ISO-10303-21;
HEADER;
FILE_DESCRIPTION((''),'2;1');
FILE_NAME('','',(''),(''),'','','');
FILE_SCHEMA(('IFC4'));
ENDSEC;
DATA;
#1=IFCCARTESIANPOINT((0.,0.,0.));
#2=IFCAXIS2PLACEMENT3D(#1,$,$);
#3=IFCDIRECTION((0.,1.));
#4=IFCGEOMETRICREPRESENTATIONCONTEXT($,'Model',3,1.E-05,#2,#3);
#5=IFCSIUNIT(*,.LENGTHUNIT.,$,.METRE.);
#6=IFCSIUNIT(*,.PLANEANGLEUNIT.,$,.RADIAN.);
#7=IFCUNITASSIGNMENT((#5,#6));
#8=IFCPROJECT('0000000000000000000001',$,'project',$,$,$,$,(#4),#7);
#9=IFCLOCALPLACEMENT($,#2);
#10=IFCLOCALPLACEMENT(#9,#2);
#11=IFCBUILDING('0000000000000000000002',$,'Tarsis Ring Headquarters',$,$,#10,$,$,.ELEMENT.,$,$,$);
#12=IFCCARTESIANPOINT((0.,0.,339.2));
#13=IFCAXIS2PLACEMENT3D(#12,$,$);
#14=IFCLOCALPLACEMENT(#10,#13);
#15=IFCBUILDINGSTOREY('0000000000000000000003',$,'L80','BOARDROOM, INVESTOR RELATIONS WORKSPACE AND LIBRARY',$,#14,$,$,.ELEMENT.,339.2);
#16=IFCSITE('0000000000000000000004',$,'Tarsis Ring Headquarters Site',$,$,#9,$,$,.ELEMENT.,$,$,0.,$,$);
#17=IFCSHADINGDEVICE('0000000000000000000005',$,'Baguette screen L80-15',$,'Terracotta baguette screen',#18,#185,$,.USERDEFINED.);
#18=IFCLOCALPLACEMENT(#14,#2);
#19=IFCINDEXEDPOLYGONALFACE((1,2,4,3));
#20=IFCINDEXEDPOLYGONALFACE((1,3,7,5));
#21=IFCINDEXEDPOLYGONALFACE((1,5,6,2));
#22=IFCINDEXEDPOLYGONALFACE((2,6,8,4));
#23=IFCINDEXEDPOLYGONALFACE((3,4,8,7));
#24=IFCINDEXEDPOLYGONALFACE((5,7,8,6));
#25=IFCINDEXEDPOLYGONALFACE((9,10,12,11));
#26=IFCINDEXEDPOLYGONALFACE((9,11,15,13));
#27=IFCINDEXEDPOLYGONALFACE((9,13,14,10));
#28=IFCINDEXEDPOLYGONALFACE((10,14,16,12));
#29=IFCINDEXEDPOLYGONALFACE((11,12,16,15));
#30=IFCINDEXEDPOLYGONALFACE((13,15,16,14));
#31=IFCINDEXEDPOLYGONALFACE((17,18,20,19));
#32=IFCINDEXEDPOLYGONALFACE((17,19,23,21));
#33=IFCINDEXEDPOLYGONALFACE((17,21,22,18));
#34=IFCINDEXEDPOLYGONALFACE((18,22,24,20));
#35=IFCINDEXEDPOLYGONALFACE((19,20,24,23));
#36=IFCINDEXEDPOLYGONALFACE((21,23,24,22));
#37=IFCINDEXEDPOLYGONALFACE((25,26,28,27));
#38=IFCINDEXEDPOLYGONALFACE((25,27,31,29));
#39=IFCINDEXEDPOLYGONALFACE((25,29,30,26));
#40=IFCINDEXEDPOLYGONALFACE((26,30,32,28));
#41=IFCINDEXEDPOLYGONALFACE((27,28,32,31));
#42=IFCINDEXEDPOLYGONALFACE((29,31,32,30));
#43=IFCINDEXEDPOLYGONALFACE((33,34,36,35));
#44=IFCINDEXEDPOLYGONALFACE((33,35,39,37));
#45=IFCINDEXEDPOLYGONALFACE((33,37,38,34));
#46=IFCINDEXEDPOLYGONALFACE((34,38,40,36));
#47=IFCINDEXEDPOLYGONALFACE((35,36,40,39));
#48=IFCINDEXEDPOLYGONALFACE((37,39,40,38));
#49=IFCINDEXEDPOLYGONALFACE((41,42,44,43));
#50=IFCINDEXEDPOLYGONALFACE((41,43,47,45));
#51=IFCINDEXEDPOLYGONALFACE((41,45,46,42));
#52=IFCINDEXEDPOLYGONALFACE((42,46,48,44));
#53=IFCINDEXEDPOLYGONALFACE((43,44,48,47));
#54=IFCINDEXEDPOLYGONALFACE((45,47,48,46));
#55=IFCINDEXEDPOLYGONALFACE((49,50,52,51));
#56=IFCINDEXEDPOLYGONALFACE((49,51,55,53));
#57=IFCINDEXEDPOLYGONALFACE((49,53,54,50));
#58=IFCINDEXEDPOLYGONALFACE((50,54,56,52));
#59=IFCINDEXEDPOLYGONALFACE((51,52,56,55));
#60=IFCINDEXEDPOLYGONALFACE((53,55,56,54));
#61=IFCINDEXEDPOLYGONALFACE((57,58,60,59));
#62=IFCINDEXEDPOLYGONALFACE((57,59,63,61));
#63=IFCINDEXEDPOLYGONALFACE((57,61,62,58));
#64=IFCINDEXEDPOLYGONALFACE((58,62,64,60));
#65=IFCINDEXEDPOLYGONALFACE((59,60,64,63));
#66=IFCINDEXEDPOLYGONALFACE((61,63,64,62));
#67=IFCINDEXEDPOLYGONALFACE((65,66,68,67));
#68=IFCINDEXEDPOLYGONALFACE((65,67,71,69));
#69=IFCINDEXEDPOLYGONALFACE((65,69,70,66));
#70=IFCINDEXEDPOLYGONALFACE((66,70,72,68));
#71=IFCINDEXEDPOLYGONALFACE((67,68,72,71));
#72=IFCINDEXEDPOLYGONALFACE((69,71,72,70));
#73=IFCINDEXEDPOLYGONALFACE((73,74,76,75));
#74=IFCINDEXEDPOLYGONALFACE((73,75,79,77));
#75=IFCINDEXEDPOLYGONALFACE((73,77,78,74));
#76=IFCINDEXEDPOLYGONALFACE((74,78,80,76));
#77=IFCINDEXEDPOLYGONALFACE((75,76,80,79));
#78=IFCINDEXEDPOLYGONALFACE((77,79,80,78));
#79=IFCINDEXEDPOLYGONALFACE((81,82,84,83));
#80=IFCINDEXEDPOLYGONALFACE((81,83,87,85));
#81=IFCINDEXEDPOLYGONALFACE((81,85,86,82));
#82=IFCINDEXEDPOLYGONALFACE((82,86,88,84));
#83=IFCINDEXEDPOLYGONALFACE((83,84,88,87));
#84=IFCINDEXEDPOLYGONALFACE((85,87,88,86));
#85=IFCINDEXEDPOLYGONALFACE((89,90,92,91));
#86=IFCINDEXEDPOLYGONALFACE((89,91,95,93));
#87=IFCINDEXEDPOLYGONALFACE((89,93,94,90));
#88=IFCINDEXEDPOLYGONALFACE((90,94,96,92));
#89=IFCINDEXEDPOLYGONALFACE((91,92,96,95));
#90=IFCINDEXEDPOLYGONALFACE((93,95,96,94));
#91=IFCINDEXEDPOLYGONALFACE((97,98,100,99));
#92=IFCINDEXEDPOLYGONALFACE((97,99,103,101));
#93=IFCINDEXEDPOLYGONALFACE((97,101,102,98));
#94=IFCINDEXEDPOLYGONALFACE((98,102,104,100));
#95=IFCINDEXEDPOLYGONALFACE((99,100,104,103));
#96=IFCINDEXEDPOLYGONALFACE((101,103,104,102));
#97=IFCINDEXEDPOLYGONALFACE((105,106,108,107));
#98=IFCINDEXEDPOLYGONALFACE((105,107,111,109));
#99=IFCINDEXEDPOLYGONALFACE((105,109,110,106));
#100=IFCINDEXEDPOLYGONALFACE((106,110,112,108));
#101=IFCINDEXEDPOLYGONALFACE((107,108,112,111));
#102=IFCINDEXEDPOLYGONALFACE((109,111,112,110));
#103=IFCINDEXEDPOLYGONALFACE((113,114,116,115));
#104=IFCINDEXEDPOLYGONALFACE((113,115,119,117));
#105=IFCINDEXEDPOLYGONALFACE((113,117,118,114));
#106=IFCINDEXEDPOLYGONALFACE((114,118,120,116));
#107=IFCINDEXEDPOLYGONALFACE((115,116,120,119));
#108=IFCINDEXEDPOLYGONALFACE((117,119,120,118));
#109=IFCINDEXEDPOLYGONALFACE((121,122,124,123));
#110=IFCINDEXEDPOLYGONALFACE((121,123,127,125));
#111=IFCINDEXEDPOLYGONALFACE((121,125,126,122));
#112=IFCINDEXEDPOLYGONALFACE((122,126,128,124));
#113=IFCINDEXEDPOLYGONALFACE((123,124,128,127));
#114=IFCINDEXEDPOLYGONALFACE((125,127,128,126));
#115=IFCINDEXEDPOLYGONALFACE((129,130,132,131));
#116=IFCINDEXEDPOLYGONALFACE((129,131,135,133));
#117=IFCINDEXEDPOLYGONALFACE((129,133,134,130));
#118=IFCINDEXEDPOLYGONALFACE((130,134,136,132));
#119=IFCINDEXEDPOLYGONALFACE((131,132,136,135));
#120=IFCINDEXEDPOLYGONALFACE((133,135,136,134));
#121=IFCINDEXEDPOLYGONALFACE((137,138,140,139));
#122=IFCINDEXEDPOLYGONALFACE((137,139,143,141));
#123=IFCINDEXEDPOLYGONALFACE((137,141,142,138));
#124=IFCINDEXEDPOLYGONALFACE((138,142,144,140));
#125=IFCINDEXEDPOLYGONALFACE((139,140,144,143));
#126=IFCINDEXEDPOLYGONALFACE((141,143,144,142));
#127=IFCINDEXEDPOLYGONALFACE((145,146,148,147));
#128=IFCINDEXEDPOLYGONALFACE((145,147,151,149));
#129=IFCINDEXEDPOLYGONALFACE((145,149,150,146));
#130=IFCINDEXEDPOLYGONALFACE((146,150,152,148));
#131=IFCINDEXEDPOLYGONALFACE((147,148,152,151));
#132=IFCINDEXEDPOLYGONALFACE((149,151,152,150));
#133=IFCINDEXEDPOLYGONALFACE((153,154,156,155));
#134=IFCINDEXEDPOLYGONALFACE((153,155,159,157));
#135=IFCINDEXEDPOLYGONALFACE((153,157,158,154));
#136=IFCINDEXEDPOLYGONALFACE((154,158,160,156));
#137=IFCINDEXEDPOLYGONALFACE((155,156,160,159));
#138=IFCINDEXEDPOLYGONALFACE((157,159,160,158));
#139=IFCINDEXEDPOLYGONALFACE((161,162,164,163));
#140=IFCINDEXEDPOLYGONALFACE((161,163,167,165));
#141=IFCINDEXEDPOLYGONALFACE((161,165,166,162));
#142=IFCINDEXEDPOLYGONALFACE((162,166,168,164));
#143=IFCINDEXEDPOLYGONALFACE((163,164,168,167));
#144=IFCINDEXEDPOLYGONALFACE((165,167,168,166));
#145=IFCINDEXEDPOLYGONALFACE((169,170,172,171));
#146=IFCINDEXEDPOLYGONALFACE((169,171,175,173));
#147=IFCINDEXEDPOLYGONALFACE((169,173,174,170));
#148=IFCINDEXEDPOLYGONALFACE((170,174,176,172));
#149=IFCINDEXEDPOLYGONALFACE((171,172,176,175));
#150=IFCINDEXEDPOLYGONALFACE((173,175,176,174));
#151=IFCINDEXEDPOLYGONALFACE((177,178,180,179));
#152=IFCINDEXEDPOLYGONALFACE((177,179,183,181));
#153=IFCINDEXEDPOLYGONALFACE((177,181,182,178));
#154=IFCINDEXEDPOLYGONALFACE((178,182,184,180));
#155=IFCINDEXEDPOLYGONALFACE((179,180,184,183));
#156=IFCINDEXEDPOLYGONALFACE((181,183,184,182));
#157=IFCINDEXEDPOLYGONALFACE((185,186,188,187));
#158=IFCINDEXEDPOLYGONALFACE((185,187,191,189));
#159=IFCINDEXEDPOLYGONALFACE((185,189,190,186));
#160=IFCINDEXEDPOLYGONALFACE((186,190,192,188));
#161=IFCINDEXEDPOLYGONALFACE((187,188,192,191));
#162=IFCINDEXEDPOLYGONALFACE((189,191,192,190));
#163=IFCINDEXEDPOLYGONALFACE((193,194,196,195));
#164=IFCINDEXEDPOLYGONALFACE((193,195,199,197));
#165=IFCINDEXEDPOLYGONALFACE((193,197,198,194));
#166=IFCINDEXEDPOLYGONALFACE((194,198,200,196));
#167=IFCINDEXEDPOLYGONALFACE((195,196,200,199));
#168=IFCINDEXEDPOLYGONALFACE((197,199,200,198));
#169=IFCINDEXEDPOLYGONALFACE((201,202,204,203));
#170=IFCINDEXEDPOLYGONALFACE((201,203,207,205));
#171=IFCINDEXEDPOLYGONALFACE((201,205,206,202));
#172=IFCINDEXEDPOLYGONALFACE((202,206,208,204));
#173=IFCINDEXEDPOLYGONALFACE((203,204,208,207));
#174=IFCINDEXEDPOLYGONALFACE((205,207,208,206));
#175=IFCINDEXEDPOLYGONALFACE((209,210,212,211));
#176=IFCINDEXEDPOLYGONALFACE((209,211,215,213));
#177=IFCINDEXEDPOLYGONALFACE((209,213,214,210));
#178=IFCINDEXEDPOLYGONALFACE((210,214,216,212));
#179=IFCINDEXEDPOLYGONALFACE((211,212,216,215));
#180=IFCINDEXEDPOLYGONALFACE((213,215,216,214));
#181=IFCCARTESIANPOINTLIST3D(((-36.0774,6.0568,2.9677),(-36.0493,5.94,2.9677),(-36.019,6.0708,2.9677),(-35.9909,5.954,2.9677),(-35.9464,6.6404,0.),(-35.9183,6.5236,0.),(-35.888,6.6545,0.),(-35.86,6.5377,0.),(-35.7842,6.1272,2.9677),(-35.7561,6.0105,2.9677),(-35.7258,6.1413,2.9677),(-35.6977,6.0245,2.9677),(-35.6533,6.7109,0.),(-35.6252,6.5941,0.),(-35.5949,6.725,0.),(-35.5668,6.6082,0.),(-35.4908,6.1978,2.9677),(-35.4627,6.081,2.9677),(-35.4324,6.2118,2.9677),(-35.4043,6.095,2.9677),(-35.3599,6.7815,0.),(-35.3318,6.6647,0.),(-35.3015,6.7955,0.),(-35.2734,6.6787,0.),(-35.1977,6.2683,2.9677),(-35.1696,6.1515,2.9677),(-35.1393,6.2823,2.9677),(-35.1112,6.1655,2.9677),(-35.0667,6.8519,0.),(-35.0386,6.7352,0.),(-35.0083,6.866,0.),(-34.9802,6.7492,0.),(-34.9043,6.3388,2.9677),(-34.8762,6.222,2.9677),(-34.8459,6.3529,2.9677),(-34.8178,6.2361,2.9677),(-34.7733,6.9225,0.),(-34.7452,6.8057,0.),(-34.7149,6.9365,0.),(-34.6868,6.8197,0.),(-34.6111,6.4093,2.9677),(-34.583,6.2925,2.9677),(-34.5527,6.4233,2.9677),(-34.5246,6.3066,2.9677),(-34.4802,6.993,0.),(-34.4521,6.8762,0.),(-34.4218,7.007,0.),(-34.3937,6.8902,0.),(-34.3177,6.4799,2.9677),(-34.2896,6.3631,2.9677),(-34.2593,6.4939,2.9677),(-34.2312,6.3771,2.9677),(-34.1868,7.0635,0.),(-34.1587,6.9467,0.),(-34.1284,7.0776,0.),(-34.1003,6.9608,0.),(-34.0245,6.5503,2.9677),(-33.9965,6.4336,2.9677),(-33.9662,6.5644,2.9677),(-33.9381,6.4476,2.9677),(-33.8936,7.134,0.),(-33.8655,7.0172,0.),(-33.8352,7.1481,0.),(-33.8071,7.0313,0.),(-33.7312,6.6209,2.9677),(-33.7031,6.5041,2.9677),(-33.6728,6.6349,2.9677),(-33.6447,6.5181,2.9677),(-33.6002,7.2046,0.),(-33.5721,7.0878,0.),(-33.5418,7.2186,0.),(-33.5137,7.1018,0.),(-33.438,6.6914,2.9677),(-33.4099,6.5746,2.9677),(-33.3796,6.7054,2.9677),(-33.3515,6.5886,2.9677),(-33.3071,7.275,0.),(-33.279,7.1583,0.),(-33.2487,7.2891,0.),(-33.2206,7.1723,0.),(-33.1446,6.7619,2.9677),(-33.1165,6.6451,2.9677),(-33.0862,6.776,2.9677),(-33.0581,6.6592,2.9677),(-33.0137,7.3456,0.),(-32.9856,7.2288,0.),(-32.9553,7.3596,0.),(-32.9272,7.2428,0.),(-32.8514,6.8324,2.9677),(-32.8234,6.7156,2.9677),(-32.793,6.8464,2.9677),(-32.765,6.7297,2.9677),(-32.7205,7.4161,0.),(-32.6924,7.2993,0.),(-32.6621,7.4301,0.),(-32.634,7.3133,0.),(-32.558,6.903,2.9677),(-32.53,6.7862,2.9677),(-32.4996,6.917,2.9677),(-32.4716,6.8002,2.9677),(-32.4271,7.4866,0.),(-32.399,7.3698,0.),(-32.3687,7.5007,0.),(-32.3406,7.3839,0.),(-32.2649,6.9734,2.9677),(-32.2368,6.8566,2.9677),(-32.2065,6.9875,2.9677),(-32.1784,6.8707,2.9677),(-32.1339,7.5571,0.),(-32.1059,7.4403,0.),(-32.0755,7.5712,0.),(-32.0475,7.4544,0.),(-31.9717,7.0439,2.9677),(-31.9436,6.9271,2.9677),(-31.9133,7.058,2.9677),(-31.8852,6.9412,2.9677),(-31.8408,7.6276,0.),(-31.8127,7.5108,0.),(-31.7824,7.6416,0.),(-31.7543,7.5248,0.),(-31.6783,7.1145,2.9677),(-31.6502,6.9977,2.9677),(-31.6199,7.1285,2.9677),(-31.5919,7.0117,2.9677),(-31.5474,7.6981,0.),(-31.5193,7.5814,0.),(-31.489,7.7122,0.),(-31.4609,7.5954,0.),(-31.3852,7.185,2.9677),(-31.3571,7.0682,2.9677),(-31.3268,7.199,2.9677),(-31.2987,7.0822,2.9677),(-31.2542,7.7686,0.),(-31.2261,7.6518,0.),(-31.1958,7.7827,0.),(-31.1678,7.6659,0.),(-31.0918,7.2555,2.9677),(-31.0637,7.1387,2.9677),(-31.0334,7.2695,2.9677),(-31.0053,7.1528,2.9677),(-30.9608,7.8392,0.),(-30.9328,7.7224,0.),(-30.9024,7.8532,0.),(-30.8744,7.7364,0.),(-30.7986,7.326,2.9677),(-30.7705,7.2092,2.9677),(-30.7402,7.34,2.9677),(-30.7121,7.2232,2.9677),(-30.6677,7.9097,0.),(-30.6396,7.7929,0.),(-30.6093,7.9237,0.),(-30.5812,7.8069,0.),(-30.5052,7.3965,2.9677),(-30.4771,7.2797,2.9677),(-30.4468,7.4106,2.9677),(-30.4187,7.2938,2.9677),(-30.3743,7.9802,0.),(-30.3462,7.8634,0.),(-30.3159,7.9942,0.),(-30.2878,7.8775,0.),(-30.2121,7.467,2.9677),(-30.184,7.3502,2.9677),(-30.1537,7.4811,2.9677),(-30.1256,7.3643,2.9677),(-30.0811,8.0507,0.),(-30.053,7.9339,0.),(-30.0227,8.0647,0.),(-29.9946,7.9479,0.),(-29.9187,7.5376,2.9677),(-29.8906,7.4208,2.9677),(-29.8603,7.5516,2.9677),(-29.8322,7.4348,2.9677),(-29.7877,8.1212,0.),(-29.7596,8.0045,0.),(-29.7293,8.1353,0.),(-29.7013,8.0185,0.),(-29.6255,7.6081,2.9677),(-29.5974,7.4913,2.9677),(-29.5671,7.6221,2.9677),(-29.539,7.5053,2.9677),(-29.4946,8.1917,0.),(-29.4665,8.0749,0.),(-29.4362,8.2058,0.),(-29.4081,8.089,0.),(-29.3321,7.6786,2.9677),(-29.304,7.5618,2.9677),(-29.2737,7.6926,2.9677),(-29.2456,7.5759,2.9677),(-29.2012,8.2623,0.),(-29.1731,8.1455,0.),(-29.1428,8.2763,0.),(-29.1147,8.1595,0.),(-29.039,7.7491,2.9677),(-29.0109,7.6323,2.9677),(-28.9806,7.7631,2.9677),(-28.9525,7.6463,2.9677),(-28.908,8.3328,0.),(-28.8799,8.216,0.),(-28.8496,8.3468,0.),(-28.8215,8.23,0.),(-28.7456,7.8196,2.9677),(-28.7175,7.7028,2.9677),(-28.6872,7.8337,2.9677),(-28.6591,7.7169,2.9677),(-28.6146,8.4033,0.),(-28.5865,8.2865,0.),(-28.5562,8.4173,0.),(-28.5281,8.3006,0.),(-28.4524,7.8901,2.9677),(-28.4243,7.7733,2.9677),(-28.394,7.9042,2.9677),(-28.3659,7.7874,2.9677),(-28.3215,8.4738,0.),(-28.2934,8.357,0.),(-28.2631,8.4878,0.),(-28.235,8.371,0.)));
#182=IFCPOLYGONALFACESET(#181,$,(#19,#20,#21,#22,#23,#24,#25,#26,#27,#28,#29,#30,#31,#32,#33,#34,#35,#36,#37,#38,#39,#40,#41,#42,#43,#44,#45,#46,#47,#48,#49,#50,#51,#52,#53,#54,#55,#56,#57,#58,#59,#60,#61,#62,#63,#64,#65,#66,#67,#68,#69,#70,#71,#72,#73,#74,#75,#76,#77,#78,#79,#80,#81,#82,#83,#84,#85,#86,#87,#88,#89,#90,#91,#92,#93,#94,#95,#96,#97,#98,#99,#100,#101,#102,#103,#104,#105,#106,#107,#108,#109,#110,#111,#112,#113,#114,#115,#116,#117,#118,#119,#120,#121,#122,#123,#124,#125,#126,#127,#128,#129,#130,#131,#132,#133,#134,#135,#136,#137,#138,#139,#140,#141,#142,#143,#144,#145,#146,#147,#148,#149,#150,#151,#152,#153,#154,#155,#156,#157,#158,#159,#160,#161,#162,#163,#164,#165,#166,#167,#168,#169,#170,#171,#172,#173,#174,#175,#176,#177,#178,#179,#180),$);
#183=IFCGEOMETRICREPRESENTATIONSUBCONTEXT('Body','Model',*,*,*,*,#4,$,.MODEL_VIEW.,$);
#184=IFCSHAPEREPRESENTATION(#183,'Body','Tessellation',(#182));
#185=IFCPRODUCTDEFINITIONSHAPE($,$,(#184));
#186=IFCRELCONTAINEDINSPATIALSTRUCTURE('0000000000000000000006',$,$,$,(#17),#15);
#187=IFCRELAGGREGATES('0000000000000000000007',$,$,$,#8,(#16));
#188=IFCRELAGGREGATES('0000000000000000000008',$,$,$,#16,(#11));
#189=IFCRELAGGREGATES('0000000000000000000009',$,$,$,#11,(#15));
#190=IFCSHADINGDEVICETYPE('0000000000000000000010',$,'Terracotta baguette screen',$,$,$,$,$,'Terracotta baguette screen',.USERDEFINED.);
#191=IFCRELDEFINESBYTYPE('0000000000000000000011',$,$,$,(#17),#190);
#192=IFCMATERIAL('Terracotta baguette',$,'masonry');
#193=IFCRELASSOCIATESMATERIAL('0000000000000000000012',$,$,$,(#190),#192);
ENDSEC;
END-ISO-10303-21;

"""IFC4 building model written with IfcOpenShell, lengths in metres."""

from ifc_helpers import new_model, si_unit, direction, frame, frame_2d, origin, place, context, subcontext, project, spatial, rectangle, composite_profile, extrude, material, type_object, element, save


model = new_model("IFC4")

# Units and contexts
model_context = context("Model", 3, precision=1e-05, world=origin(), true_north=direction((0.0, 1.0)))
body_context = subcontext(model_context, "Body", "Model", "MODEL_VIEW")
ifc_project = project(units=[si_unit("LENGTHUNIT", "METRE"), si_unit("PLANEANGLEUNIT", "RADIAN")], contexts=[model_context])

# Site, building, storey
site_placement = place(None, origin())
site = spatial("IfcSite", under=ifc_project, at=site_placement, Name="Tarsis Ring Headquarters Site", CompositionType="ELEMENT", RefElevation=0.0)
building_placement = place(site_placement, origin())
building = spatial("IfcBuilding", under=site, at=building_placement, Name="Tarsis Ring Headquarters", CompositionType="ELEMENT")
storey_placement = place(building_placement, frame((0.0, 0.0, 339.2)))
storey = spatial("IfcBuildingStorey", under=building, at=storey_placement, Name="L80", Description="BOARDROOM, INVESTOR RELATIONS WORKSPACE AND LIBRARY", CompositionType="ELEMENT", Elevation=339.2)

# Shading device
ifc_material_1 = material(Name="Terracotta baguette", Category="masonry")
shading_device_type = type_object("IfcShadingDeviceType", Name="Terracotta baguette screen", ElementType="Terracotta baguette screen", PredefinedType="USERDEFINED", material=ifc_material_1)
shading_device_1_placement = place(storey_placement, frame((-28.249, 8.4294, 0.0), z_axis=(0.0, 0.0, 1.0), x_axis=(-0.972287, -0.23378, 0.0)))
element("IfcShadingDevice", 1, at=shading_device_1_placement, inside=storey, type_object=shading_device_type, Name="Baguette screen L80-15", ObjectType="Terracotta baguette screen", PredefinedType="USERDEFINED", context=body_context, shape_type="SweptSolid", body=[
    extrude(composite_profile([rectangle(XDim=0.0601, YDim=0.1201, at=frame_2d((0.03, 0.0))), rectangle(XDim=0.0601, YDim=0.1201, at=frame_2d((0.3315, 0.0))), rectangle(XDim=0.0601, YDim=0.1201, at=frame_2d((0.6333, 0.0))), rectangle(XDim=0.0601, YDim=0.1201, at=frame_2d((0.9348, 0.0))), rectangle(XDim=0.0601, YDim=0.1201, at=frame_2d((1.2366, 0.0))), rectangle(XDim=0.0601, YDim=0.1201, at=frame_2d((1.5381, 0.0))), rectangle(XDim=0.0601, YDim=0.1201, at=frame_2d((1.8398, 0.0))), rectangle(XDim=0.0601, YDim=0.1201, at=frame_2d((2.1414, 0.0))), rectangle(XDim=0.0601, YDim=0.1201, at=frame_2d((2.4431, 0.0))), rectangle(XDim=0.0601, YDim=0.1201, at=frame_2d((2.7446, 0.0))), rectangle(XDim=0.0601, YDim=0.1201, at=frame_2d((3.0464, 0.0))), rectangle(XDim=0.0601, YDim=0.1201, at=frame_2d((3.3479, 0.0))), rectangle(XDim=0.0601, YDim=0.1201, at=frame_2d((3.6497, 0.0))), rectangle(XDim=0.0601, YDim=0.1201, at=frame_2d((3.9512, 0.0))), rectangle(XDim=0.0601, YDim=0.1201, at=frame_2d((4.2527, 0.0))), rectangle(XDim=0.0601, YDim=0.1201, at=frame_2d((4.5544, 0.0))), rectangle(XDim=0.0601, YDim=0.1201, at=frame_2d((4.856, 0.0))), rectangle(XDim=0.0601, YDim=0.1201, at=frame_2d((5.1577, 0.0))), rectangle(XDim=0.0601, YDim=0.1201, at=frame_2d((5.4592, 0.0))), rectangle(XDim=0.0601, YDim=0.1201, at=frame_2d((5.761, 0.0))), rectangle(XDim=0.0601, YDim=0.1201, at=frame_2d((6.0625, 0.0))), rectangle(XDim=0.0601, YDim=0.1201, at=frame_2d((6.3643, 0.0))), rectangle(XDim=0.0601, YDim=0.1201, at=frame_2d((6.6658, 0.0))), rectangle(XDim=0.0601, YDim=0.1201, at=frame_2d((6.9675, 0.0))), rectangle(XDim=0.0601, YDim=0.1201, at=frame_2d((7.269, 0.0))), rectangle(XDim=0.0601, YDim=0.1201, at=frame_2d((7.5708, 0.0))), rectangle(XDim=0.0601, YDim=0.1201, at=frame_2d((7.8723, 0.0)))]), origin(), (0.087127, 0.177346, 0.980284), 3.0273),
])

save(model, "model.ifc")
